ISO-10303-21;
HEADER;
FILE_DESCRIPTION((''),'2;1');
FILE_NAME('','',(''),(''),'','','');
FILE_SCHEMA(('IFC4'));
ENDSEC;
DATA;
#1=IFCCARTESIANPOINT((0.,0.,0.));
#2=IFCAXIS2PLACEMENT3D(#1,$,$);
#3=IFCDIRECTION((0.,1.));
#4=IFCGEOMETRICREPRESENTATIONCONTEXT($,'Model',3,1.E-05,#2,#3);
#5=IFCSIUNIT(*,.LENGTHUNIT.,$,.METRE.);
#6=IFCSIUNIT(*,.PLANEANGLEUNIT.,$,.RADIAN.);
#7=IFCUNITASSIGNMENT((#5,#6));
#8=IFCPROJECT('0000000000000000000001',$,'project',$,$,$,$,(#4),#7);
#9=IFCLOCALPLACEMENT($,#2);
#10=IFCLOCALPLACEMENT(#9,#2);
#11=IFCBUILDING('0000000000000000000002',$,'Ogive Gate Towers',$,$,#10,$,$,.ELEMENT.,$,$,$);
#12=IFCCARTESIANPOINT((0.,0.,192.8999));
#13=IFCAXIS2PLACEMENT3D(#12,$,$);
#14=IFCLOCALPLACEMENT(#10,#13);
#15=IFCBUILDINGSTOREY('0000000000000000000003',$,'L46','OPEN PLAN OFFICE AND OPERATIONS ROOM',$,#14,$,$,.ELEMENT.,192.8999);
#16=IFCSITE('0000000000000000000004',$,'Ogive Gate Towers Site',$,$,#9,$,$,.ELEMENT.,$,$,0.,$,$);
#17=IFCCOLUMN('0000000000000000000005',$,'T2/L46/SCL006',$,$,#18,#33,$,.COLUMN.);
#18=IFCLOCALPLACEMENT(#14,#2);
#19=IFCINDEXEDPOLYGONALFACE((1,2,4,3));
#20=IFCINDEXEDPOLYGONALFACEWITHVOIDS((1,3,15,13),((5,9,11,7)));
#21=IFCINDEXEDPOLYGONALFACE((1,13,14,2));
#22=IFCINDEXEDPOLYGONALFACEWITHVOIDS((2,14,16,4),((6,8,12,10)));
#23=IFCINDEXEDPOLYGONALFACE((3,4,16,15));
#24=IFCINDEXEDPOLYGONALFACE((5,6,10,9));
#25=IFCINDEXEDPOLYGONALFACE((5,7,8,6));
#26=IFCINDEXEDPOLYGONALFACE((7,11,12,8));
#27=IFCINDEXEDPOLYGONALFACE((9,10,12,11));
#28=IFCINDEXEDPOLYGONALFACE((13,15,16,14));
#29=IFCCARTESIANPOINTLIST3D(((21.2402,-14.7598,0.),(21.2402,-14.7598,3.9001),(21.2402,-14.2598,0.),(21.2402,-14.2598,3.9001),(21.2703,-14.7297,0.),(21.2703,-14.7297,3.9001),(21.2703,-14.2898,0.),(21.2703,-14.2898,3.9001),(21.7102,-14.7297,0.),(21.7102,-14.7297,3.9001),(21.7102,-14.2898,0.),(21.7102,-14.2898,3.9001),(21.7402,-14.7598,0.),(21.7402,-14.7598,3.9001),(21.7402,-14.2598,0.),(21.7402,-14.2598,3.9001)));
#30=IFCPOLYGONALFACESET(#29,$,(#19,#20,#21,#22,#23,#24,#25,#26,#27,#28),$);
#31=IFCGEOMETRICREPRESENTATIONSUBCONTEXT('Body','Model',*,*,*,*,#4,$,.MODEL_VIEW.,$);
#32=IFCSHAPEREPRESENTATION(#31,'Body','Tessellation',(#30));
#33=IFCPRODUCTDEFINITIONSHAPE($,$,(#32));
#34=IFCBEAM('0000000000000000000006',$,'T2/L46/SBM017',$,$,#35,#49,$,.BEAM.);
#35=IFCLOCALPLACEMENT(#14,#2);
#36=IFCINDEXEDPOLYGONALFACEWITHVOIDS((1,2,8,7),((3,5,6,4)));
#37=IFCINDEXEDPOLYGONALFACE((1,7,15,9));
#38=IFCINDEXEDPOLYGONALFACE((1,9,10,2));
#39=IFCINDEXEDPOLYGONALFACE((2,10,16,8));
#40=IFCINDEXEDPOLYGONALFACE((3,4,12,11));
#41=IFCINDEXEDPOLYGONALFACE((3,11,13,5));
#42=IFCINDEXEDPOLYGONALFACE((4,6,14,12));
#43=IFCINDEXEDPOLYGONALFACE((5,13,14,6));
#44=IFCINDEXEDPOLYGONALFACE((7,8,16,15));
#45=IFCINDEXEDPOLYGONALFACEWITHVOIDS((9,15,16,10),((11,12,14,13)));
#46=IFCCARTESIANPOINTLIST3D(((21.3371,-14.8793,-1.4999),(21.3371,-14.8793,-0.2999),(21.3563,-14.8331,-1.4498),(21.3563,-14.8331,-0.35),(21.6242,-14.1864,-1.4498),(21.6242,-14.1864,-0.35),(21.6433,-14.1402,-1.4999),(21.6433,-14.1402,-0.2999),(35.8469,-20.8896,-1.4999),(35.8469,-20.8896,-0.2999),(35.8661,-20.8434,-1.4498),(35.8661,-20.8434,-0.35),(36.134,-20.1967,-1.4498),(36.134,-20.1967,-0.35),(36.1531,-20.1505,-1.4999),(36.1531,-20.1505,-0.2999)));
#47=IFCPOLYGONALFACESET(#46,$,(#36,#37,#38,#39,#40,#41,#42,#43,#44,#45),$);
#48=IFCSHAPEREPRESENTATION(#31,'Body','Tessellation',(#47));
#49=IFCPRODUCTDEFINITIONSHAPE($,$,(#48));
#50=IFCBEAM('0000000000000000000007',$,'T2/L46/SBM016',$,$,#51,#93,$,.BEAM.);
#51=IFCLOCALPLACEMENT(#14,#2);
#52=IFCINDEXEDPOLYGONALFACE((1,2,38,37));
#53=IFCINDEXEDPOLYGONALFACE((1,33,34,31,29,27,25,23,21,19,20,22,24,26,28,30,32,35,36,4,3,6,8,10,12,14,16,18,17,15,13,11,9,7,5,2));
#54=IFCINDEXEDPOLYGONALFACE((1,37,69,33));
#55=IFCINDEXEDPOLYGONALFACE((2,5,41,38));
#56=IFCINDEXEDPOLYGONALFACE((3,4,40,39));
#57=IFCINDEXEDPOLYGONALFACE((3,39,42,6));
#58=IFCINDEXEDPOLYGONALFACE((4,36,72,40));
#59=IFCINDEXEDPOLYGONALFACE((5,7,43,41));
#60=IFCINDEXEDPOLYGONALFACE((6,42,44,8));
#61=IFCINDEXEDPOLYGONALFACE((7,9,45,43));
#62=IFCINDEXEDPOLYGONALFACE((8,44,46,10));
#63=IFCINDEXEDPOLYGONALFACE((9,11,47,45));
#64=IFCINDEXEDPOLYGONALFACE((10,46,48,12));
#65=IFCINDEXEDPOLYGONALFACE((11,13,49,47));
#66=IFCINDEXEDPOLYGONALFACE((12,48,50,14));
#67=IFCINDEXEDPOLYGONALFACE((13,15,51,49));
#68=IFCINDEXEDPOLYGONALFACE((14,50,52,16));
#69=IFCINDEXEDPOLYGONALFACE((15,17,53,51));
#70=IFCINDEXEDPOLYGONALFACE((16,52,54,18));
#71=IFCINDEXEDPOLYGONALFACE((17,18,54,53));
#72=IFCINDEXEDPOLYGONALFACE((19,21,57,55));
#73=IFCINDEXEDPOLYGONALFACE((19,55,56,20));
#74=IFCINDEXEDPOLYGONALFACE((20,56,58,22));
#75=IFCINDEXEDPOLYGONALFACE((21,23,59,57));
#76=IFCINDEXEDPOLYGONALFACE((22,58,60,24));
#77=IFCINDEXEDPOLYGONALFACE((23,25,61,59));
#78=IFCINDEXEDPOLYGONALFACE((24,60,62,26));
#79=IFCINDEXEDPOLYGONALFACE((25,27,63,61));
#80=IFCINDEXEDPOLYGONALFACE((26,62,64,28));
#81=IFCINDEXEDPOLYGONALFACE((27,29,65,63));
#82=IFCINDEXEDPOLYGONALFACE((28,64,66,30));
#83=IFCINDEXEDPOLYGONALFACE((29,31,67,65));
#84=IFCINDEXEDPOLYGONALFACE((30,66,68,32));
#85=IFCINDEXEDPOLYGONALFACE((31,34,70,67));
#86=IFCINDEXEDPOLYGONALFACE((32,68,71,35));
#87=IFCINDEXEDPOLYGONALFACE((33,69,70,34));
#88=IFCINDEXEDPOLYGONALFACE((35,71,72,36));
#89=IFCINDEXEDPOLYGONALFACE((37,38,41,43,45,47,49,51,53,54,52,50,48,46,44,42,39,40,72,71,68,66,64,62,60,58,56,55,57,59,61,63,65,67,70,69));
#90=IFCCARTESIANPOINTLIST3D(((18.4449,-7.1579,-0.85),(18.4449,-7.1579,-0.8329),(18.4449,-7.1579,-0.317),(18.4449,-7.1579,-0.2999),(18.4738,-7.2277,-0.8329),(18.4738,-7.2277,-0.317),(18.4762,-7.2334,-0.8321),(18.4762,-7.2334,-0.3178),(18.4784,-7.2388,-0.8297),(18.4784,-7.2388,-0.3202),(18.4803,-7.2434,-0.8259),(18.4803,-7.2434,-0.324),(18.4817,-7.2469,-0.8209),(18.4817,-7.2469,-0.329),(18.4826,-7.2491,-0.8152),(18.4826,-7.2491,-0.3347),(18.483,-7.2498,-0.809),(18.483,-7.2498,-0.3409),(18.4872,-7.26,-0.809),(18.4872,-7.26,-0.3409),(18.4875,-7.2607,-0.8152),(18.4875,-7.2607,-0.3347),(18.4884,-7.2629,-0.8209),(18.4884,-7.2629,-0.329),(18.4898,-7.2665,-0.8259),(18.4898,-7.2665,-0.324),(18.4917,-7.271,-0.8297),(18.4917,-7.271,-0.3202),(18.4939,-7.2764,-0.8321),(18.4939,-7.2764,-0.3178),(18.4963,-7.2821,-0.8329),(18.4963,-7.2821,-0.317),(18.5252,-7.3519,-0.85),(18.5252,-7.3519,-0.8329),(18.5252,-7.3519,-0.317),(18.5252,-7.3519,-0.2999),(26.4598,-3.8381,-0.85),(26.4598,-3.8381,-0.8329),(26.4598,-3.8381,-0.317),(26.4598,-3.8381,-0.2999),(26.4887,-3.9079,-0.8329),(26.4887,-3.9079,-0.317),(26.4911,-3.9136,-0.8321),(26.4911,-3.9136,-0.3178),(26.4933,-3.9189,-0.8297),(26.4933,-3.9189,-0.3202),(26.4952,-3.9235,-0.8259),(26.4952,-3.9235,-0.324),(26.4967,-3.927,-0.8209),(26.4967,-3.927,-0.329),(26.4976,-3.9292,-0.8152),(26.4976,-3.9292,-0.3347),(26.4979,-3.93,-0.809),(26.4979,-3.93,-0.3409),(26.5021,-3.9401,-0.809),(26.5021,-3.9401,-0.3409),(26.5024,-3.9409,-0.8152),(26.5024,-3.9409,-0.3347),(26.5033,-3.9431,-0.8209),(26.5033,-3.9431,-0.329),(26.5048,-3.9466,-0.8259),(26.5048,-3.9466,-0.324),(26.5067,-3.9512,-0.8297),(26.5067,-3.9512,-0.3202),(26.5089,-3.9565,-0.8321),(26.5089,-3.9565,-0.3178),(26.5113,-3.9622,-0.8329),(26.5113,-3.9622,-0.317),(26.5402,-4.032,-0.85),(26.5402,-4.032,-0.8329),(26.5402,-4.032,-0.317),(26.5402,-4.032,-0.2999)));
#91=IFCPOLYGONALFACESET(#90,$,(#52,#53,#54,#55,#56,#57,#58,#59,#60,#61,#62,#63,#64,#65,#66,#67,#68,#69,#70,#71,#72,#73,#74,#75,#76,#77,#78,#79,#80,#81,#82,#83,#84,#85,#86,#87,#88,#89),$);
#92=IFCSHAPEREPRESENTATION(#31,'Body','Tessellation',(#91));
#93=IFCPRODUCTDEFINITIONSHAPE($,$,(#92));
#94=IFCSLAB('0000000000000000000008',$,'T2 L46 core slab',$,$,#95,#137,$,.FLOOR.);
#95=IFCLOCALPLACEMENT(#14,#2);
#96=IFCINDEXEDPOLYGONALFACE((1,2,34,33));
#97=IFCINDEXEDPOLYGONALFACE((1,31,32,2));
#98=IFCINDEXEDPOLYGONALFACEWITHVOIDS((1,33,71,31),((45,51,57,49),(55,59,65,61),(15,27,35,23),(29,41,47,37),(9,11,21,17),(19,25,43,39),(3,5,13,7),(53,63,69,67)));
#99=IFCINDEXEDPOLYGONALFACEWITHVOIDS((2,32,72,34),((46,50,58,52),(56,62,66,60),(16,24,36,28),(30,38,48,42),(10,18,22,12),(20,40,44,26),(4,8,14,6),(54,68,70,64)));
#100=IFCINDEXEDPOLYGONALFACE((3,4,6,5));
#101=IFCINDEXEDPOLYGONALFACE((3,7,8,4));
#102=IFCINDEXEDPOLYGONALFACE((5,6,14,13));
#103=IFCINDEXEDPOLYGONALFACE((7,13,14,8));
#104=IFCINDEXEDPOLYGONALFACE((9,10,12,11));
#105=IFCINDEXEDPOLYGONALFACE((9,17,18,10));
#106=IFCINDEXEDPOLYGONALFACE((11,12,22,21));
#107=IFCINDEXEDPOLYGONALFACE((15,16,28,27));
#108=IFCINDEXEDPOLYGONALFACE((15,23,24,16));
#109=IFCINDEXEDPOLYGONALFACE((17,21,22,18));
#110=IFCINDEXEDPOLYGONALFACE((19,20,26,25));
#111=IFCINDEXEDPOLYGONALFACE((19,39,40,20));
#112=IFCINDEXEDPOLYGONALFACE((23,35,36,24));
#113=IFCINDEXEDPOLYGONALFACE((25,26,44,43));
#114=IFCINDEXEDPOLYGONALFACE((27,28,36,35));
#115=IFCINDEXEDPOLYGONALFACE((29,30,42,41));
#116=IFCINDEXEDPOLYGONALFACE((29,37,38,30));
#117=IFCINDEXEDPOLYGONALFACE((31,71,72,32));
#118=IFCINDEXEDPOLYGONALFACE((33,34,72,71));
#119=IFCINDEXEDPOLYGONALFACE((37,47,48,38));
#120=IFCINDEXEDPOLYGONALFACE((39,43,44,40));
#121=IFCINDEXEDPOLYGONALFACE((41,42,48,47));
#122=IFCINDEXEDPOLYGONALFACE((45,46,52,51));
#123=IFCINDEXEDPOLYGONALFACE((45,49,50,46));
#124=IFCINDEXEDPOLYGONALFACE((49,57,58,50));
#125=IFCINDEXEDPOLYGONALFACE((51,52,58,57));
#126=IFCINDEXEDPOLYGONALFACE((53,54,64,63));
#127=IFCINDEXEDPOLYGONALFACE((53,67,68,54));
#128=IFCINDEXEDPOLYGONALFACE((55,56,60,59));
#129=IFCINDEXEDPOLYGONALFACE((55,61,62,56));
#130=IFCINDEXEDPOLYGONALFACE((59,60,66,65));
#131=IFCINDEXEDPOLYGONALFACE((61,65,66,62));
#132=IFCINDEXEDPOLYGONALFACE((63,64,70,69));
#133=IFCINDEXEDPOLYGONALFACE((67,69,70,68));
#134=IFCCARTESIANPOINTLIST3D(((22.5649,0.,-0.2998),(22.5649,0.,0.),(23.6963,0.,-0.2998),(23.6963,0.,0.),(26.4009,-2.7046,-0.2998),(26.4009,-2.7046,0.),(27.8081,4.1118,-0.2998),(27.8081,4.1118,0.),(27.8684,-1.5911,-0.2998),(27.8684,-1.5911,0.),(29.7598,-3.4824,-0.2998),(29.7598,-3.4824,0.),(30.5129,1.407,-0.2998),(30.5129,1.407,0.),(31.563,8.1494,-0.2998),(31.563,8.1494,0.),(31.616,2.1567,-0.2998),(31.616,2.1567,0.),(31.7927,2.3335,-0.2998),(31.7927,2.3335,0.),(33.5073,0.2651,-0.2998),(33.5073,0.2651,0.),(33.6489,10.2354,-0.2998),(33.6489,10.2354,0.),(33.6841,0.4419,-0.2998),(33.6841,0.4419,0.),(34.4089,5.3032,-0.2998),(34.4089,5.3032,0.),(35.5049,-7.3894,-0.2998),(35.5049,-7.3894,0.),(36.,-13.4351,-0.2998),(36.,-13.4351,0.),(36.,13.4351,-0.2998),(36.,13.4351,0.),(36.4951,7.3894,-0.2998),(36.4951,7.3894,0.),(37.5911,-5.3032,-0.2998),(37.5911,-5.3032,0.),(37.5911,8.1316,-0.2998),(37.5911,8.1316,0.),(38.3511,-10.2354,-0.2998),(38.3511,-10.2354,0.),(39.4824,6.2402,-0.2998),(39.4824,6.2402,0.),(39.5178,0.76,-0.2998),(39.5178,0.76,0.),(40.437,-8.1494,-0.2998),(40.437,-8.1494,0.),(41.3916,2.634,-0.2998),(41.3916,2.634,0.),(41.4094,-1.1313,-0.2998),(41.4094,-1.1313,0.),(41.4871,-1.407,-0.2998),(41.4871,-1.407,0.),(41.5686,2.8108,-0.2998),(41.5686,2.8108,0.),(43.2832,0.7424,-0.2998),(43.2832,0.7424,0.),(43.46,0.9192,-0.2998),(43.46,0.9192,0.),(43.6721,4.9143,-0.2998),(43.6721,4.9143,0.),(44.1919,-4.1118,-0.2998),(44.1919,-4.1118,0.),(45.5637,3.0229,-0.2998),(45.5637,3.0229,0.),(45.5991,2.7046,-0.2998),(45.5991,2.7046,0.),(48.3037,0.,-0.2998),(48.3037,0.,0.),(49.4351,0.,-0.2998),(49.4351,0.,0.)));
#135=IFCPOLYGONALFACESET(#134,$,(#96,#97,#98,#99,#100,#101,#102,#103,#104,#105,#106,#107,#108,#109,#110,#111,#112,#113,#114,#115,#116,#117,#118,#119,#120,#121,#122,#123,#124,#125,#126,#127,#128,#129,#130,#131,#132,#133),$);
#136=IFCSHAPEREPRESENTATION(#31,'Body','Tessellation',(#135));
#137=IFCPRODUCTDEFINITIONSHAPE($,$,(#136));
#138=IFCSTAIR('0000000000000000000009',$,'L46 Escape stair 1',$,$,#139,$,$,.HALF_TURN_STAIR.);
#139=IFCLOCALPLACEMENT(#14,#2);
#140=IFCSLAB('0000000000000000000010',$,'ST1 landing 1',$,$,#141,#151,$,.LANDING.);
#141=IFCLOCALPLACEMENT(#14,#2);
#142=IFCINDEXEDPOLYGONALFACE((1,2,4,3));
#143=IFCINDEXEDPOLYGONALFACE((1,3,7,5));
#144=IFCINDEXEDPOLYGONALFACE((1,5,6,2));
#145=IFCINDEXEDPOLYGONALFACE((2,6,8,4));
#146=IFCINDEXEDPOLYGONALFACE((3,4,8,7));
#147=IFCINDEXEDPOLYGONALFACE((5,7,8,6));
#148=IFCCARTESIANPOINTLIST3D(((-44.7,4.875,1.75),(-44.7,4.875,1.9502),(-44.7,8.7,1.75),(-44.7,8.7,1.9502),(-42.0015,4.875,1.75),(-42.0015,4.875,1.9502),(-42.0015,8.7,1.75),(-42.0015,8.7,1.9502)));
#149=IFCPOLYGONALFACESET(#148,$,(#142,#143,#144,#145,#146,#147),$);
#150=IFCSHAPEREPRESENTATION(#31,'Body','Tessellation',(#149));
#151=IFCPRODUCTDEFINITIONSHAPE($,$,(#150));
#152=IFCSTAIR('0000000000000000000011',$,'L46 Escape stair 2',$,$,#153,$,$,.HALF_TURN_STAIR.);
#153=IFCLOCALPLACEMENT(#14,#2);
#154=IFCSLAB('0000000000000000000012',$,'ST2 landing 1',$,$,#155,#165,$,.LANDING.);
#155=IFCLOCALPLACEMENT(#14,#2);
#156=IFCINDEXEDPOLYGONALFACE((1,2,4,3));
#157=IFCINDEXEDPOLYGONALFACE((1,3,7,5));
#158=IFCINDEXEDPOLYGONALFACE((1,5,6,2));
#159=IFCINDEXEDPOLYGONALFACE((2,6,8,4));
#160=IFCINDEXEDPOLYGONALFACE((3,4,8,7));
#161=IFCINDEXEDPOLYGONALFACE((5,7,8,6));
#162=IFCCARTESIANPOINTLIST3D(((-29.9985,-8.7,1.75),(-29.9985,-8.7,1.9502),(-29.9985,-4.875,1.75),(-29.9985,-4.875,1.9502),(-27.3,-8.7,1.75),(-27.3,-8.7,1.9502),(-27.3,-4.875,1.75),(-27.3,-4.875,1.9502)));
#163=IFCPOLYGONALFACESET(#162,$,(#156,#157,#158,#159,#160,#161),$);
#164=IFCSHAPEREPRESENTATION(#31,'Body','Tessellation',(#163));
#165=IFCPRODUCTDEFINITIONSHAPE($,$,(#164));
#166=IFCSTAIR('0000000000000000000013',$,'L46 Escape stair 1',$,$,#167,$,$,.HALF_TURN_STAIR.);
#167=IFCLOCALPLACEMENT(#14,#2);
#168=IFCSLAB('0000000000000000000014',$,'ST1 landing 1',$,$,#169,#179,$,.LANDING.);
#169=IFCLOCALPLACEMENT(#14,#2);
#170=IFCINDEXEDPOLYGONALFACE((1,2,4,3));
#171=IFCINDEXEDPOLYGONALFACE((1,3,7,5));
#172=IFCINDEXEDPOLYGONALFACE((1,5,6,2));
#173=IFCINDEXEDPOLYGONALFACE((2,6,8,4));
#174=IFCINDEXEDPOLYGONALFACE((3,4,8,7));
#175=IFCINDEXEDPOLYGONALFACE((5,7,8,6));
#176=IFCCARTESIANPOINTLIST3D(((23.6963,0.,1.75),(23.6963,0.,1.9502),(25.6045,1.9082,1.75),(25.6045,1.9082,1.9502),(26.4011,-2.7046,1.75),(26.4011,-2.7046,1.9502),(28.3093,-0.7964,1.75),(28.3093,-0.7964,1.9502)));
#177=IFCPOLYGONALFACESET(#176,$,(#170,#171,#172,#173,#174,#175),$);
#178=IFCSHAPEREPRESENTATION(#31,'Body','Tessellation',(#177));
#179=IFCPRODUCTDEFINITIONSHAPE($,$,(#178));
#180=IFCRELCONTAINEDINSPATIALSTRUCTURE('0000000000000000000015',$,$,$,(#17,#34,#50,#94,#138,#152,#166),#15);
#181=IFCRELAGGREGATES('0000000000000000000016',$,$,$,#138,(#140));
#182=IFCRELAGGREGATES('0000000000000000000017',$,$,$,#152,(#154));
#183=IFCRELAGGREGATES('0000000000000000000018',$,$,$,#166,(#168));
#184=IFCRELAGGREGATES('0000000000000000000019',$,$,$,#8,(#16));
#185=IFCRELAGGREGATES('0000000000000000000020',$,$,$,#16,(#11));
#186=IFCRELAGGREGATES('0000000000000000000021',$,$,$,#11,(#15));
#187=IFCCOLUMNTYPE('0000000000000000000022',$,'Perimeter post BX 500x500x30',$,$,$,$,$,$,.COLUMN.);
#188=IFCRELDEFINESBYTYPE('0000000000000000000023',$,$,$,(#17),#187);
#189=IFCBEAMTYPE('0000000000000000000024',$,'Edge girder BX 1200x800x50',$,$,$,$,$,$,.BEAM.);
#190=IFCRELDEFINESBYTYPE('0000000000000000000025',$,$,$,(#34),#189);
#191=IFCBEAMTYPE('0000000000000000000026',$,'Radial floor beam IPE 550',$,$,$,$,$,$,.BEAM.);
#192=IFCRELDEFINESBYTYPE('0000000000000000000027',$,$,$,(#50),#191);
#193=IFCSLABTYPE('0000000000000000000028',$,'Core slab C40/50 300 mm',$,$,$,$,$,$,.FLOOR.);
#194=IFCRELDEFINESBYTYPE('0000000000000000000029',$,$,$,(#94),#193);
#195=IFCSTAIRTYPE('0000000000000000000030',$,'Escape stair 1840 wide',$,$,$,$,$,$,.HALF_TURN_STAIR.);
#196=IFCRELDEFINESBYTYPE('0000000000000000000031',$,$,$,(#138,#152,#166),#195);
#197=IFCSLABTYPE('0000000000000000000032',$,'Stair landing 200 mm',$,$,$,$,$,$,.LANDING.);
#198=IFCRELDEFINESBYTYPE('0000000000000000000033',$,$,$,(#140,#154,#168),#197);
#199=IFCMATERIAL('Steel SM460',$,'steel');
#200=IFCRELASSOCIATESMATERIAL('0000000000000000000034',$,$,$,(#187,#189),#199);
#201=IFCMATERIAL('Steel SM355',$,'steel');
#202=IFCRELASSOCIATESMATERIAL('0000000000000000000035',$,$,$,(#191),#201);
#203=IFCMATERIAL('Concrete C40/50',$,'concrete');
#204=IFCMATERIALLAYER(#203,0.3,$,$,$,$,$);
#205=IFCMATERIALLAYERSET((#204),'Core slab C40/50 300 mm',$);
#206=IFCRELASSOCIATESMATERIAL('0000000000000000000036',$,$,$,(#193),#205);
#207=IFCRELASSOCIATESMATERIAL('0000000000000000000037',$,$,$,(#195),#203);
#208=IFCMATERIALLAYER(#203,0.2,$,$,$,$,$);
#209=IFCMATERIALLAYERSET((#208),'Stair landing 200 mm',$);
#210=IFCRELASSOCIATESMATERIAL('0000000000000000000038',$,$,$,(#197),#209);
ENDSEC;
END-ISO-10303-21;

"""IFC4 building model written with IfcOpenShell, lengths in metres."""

from ifc_helpers import new_model, si_unit, direction, frame, origin, origin_2d, place, context, subcontext, project, spatial, polyline, hollow_rectangle, i_section, outline, extrude, material, layer, layer_set, material_profile, profile_set, type_object, element, aggregate, save


model = new_model("IFC4")

# Units and contexts
model_context = context("Model", 3, precision=1e-05, world=origin(), true_north=direction((0.0, 1.0)))
body_context = subcontext(model_context, "Body", "Model", "MODEL_VIEW")
ifc_project = project(units=[si_unit("LENGTHUNIT", "METRE"), si_unit("PLANEANGLEUNIT", "RADIAN")], contexts=[model_context])

# Site, building, storey
site_placement = place(None, origin())
site = spatial("IfcSite", under=ifc_project, at=site_placement, Name="Ogive Gate Towers Site", CompositionType="ELEMENT", RefElevation=0.0)
building_placement = place(site_placement, origin())
building = spatial("IfcBuilding", under=site, at=building_placement, Name="Ogive Gate Towers", CompositionType="ELEMENT")
storey_placement = place(building_placement, frame((0.0, 0.0, 192.8999)))
storey = spatial("IfcBuildingStorey", under=building, at=storey_placement, Name="L46", Description="OPEN PLAN OFFICE AND OPERATIONS ROOM", CompositionType="ELEMENT", Elevation=192.8999)

# Column
ifc_material_1 = material(Name="Steel SM460", Category="steel")
ifc_material_profile_1 = material_profile(ifc_material_1, hollow_rectangle(XDim=0.5, YDim=0.5, WallThickness=0.03, at=origin_2d()), Name="BX 500x500x30")
ifc_profile_set_1 = profile_set([ifc_material_profile_1], Name="Steel SM460")
column_type = type_object("IfcColumnType", Name="Perimeter post BX 500x500x30", PredefinedType="COLUMN", material=ifc_profile_set_1)
column_placement = place(storey_placement, frame((21.4902, -14.5098, 0.0), z_axis=(0.0, 0.0, 1.0), x_axis=(1.0, 0.0, 0.0)))
element("IfcColumn", 1, at=column_placement, inside=storey, type_object=column_type, Name="T2/L46/SCL006", PredefinedType="COLUMN", context=body_context, shape_type="SweptSolid", body=[
    extrude(hollow_rectangle(XDim=0.5, YDim=0.5, WallThickness=0.03, at=origin_2d()), origin(), (0.0, 0.0, 1.0), 3.9001),
])

# Beams
ifc_material_profile_2 = material_profile(ifc_material_1, hollow_rectangle(XDim=0.8, YDim=1.2, WallThickness=0.05, at=origin_2d()), Name="BX 1200x800x50")
ifc_profile_set_2 = profile_set([ifc_material_profile_2], Name="Steel SM460")
beam_type_1 = type_object("IfcBeamType", Name="Edge girder BX 1200x800x50", PredefinedType="BEAM", material=ifc_profile_set_2)
beam_1_placement = place(storey_placement, frame((21.4902, -14.5098, -0.8999), z_axis=(0.923877, -0.38269, 0.0), x_axis=(0.38269, 0.923877, 0.0)))
element("IfcBeam", 2, at=beam_1_placement, inside=storey, type_object=beam_type_1, Name="T2/L46/SBM017", PredefinedType="BEAM", context=body_context, shape_type="SweptSolid", body=[
    extrude(hollow_rectangle(XDim=0.8, YDim=1.2, WallThickness=0.05, at=origin_2d()), origin(), (0.0, 0.0, 1.0), 15.7053),
])
ifc_material_2 = material(Name="Steel SM355", Category="steel")
ifc_material_profile_3 = material_profile(ifc_material_2, i_section(OverallWidth=0.21, OverallDepth=0.55, WebThickness=0.011, FlangeThickness=0.0171, FilletRadius=0.0239, at=origin_2d()), Name="IPE 550")
ifc_profile_set_3 = profile_set([ifc_material_profile_3], Name="Steel SM355")
beam_type_2 = type_object("IfcBeamType", Name="Radial floor beam IPE 550", PredefinedType="BEAM", material=ifc_profile_set_3)
beam_2_placement = place(storey_placement, frame((26.5, -3.9351, -0.575), z_axis=(-0.923882, -0.382678, 0.0), x_axis=(0.382678, -0.923882, 0.0)))
element("IfcBeam", 3, at=beam_2_placement, inside=storey, type_object=beam_type_2, Name="T2/L46/SBM016", PredefinedType="BEAM", context=body_context, shape_type="SweptSolid", body=[
    extrude(i_section(OverallWidth=0.21, OverallDepth=0.55, WebThickness=0.011, FlangeThickness=0.0171, FilletRadius=0.0239, at=origin_2d()), origin(), (0.0, 0.0, 1.0), 8.6753),
])

# Slab
ifc_material_3 = material(Name="Concrete C40/50", Category="concrete")
ifc_layer_1 = layer(ifc_material_3, 0.3)
ifc_layer_set_1 = layer_set([ifc_layer_1], Name="Core slab C40/50 300 mm")
slab_type_1 = type_object("IfcSlabType", Name="Core slab C40/50 300 mm", PredefinedType="FLOOR", material=ifc_layer_set_1)
slab_1_placement = place(storey_placement, frame((0.0, 0.0, -0.2998)))
element("IfcSlab", 4, at=slab_1_placement, inside=storey, type_object=slab_type_1, Name="T2 L46 core slab", PredefinedType="FLOOR", context=body_context, shape_type="SweptSolid", body=[
    extrude(outline(polyline([(36.0, -13.4351), (22.5649, 0.0), (36.0, 13.4351), (49.4351, 0.0), (36.0, -13.4351)]), holes=[polyline([(29.7598, -3.4824), (33.5073, 0.2651), (31.616, 2.1567), (27.8684, -1.5911), (29.7598, -3.4824)]), polyline([(31.7927, 2.3335), (33.6841, 0.4419), (39.4824, 6.2402), (37.5911, 8.1316), (31.7927, 2.3335)]), polyline([(41.3916, 2.634), (39.5178, 0.76), (41.4094, -1.1313), (43.2832, 0.7424), (41.3916, 2.634)]), polyline([(45.5637, 3.0229), (43.6721, 4.9143), (41.5686, 2.8108), (43.46, 0.9192), (45.5637, 3.0229)]), polyline([(34.4089, 5.3032), (36.4951, 7.3894), (33.6489, 10.2354), (31.563, 8.1494), (34.4089, 5.3032)]), polyline([(35.5049, -7.3894), (38.3511, -10.2354), (40.437, -8.1494), (37.5911, -5.3032), (35.5049, -7.3894)]), polyline([(26.4009, -2.7046), (30.5129, 1.407), (27.8081, 4.1118), (23.6963, 0.0), (26.4009, -2.7046)]), polyline([(48.3037, 0.0), (45.5991, 2.7046), (41.4871, -1.407), (44.1919, -4.1118), (48.3037, 0.0)])]), origin(), (0.0, 0.0, 1.0), 0.2998),
])

# Stairs, slabs
stair_type = type_object("IfcStairType", Name="Escape stair 1840 wide", PredefinedType="HALF_TURN_STAIR", material=ifc_material_3)
stair_1_placement = place(storey_placement, origin())
stair_1 = element("IfcStair", 5, at=stair_1_placement, inside=storey, type_object=stair_type, Name="L46 Escape stair 1", PredefinedType="HALF_TURN_STAIR")
ifc_layer_2 = layer(ifc_material_3, 0.2)
ifc_layer_set_2 = layer_set([ifc_layer_2], Name="Stair landing 200 mm")
slab_type_2 = type_object("IfcSlabType", Name="Stair landing 200 mm", PredefinedType="LANDING", material=ifc_layer_set_2)
slab_2_placement = place(storey_placement, frame((0.0, 0.0, 1.75)))
slab_2 = element("IfcSlab", 6, at=slab_2_placement, type_object=slab_type_2, Name="ST1 landing 1", PredefinedType="LANDING", context=body_context, shape_type="SweptSolid", body=[
    extrude(outline(polyline([(-42.0015, 8.7), (-44.7, 8.7), (-44.7, 4.875), (-42.0015, 4.875), (-42.0015, 8.7)])), origin(), (0.0, 0.0, 1.0), 0.2002),
])
aggregate(stair_1, [slab_2])
stair_2_placement = place(storey_placement, origin())
stair_2 = element("IfcStair", 7, at=stair_2_placement, inside=storey, type_object=stair_type, Name="L46 Escape stair 2", PredefinedType="HALF_TURN_STAIR")
slab_3_placement = place(storey_placement, frame((0.0, 0.0, 1.75)))
slab_3 = element("IfcSlab", 8, at=slab_3_placement, type_object=slab_type_2, Name="ST2 landing 1", PredefinedType="LANDING", context=body_context, shape_type="SweptSolid", body=[
    extrude(outline(polyline([(-29.9985, -8.7), (-27.3, -8.7), (-27.3, -4.875), (-29.9985, -4.875), (-29.9985, -8.7)])), origin(), (0.0, 0.0, 1.0), 0.2002),
])
aggregate(stair_2, [slab_3])
stair_3_placement = place(storey_placement, origin())
stair_3 = element("IfcStair", 9, at=stair_3_placement, inside=storey, type_object=stair_type, Name="L46 Escape stair 1", PredefinedType="HALF_TURN_STAIR")
slab_4_placement = place(storey_placement, frame((0.0, 0.0, 1.75)))
slab_4 = element("IfcSlab", 10, at=slab_4_placement, type_object=slab_type_2, Name="ST1 landing 1", PredefinedType="LANDING", context=body_context, shape_type="SweptSolid", body=[
    extrude(outline(polyline([(25.6045, 1.9082), (23.6963, 0.0), (26.4011, -2.7046), (28.3093, -0.7964), (25.6045, 1.9082)])), origin(), (0.0, 0.0, 1.0), 0.2002),
])
aggregate(stair_3, [slab_4])

save(model, "model.ifc")
